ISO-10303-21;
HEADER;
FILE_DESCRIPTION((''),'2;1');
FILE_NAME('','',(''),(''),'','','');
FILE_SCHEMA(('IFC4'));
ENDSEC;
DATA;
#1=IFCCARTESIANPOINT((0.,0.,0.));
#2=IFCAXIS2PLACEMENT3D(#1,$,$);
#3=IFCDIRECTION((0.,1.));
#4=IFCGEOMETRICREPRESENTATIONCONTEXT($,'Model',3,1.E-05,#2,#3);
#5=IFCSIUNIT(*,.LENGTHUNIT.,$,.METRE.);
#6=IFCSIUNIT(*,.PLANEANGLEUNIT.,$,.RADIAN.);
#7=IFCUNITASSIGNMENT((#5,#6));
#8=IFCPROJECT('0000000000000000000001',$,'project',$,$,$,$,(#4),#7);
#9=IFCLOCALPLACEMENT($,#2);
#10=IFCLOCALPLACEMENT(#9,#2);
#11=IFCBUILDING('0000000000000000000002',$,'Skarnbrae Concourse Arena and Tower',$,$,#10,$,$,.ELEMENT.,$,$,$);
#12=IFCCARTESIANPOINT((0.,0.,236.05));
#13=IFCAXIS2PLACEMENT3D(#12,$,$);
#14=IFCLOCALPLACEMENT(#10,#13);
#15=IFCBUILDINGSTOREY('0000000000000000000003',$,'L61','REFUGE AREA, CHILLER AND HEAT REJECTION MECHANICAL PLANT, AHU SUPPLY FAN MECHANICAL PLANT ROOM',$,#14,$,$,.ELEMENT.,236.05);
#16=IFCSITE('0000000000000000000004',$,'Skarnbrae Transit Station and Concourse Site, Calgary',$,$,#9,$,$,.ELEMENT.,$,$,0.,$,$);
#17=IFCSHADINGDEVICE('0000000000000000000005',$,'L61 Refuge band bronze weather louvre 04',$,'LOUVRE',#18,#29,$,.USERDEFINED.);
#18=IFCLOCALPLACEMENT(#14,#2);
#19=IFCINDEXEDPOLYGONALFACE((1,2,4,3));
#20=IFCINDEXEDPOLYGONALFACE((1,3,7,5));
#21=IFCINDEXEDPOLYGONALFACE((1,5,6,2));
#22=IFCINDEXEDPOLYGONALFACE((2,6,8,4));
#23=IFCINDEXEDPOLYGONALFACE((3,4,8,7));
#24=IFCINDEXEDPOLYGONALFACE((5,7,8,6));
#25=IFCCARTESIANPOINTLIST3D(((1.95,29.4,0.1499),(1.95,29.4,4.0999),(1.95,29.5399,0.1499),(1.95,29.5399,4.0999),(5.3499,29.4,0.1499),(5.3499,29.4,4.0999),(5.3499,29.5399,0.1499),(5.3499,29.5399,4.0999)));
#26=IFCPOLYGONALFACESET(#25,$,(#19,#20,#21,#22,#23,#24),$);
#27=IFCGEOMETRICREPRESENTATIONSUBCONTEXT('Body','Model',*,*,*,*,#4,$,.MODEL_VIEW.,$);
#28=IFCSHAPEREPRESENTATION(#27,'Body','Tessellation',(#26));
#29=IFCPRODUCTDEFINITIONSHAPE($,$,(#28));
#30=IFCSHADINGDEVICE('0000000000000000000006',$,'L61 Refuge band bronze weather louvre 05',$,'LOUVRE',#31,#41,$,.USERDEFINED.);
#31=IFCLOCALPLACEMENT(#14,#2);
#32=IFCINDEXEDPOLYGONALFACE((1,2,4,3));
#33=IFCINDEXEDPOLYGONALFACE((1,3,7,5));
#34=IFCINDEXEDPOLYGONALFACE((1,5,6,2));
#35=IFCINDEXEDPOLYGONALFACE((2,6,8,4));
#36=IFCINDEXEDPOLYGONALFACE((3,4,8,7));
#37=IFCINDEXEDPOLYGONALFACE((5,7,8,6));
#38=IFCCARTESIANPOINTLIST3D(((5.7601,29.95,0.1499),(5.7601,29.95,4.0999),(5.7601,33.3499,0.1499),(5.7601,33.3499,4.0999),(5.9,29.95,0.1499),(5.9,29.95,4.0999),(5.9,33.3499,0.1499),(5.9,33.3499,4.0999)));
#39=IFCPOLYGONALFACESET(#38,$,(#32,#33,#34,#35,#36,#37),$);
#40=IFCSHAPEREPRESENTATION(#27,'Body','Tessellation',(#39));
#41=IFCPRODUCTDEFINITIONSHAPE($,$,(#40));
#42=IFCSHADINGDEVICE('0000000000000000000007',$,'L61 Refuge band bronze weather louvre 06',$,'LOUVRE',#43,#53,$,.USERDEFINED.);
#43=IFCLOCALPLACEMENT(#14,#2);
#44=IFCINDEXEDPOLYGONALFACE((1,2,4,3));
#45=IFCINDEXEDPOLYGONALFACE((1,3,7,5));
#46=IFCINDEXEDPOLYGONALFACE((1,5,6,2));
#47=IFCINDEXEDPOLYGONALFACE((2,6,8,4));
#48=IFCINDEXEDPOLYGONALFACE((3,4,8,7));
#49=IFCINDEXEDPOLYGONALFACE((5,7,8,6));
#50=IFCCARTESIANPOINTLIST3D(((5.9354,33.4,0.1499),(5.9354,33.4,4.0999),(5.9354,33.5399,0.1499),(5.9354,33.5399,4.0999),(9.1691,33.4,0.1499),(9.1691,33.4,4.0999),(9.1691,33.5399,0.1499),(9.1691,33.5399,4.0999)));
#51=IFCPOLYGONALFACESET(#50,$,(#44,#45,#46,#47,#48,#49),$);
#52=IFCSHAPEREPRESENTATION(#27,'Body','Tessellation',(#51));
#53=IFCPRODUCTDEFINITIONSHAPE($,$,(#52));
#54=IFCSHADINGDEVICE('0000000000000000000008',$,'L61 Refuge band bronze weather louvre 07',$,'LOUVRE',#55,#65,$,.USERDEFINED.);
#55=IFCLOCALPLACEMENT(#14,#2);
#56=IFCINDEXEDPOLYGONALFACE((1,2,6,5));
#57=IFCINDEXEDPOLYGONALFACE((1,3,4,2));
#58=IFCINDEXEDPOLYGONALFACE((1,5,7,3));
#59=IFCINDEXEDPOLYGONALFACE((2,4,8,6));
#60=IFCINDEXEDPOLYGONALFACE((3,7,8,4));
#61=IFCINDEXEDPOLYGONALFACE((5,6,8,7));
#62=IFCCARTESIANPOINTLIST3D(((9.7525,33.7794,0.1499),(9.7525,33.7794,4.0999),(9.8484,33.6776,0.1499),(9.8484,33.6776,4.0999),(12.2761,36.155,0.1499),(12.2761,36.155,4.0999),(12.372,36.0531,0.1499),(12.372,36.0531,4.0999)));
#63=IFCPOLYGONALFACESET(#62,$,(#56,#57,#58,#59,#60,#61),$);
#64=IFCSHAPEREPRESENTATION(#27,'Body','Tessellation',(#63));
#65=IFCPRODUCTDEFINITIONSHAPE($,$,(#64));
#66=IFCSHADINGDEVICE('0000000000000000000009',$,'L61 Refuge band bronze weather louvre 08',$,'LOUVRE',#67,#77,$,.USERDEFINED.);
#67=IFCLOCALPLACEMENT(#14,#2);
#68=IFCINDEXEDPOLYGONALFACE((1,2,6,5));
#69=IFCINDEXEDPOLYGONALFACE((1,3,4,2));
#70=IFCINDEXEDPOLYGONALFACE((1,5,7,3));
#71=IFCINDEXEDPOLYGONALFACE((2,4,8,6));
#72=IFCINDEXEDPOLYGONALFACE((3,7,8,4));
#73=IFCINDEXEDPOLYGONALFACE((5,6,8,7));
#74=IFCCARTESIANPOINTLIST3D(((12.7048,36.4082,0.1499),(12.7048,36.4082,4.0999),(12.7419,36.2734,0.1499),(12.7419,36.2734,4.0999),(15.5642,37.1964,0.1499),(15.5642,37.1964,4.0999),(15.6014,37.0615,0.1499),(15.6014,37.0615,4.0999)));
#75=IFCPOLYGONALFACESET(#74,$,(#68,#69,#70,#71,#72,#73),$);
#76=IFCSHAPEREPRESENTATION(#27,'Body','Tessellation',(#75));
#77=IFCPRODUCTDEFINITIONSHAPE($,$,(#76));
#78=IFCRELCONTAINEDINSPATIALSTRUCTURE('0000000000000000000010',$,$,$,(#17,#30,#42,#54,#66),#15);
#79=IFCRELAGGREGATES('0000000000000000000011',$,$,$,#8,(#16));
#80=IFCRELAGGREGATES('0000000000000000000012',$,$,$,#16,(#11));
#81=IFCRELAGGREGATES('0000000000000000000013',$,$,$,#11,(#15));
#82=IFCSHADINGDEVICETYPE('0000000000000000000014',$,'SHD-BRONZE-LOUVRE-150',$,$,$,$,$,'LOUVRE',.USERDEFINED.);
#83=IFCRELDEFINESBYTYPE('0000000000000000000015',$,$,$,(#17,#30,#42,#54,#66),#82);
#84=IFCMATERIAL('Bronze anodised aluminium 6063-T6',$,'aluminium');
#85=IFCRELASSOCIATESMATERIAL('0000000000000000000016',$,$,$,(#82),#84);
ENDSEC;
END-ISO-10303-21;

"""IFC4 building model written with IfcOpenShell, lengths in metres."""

from ifc_helpers import new_model, si_unit, direction, frame, origin, origin_2d, place, context, subcontext, project, spatial, rectangle, extrude, source, transform, mapped, material, type_object, element, save


model = new_model("IFC4")

# Units and contexts
model_context = context("Model", 3, precision=1e-05, world=origin(), true_north=direction((0.0, 1.0)))
body_context = subcontext(model_context, "Body", "Model", "MODEL_VIEW")
ifc_project = project(units=[si_unit("LENGTHUNIT", "METRE"), si_unit("PLANEANGLEUNIT", "RADIAN")], contexts=[model_context])

# Site, building, storey
site_placement = place(None, origin())
site = spatial("IfcSite", under=ifc_project, at=site_placement, Name="Skarnbrae Transit Station and Concourse Site, Calgary", CompositionType="ELEMENT", RefElevation=0.0)
building_placement = place(site_placement, origin())
building = spatial("IfcBuilding", under=site, at=building_placement, Name="Skarnbrae Concourse Arena and Tower", CompositionType="ELEMENT")
storey_placement = place(building_placement, frame((0.0, 0.0, 236.05)))
storey = spatial("IfcBuildingStorey", under=building, at=storey_placement, Name="L61", Description="REFUGE AREA, CHILLER AND HEAT REJECTION MECHANICAL PLANT, AHU SUPPLY FAN MECHANICAL PLANT ROOM", CompositionType="ELEMENT", Elevation=236.05)

# Shading devices
ifc_material_1 = material(Name="Bronze anodised aluminium 6063-T6", Category="aluminium")
shading_device_type = type_object("IfcShadingDeviceType", Name="SHD-BRONZE-LOUVRE-150", ElementType="LOUVRE", PredefinedType="USERDEFINED", material=ifc_material_1)
shared_shape_1 = source(origin(), body_context, "Body", "SweptSolid", [
    extrude(rectangle(XDim=3.3999, YDim=0.1399, at=origin_2d()), origin(), (0.0, 0.0, 1.0), 3.95),
])
for number, where, z_axis, x_axis, name in (
    (1, (3.6499, 29.47, 0.1499), (0.0, 0.0, 1.0), (1.0, 0.0, 0.0), "L61 Refuge band bronze weather louvre 04"),
    (2, (5.8301, 31.6499, 0.1499), (0.0, 0.0, 1.0), (0.0, 1.0, 0.0), "L61 Refuge band bronze weather louvre 05"),
):
    element("IfcShadingDevice", number, at=place(storey_placement, frame(where, z_axis=z_axis, x_axis=x_axis)), inside=storey, type_object=shading_device_type, Name=name, ObjectType="LOUVRE", PredefinedType="USERDEFINED", context=body_context, shape_type="MappedRepresentation", body=[
        mapped(shared_shape_1, transform((0.0, 0.0, 0.0))),
    ])
shared_shape_2 = source(origin(), body_context, "Body", "SweptSolid", [
    extrude(rectangle(XDim=3.2336, YDim=0.1399, at=origin_2d()), origin(), (0.0, 0.0, 1.0), 3.95),
])
shading_device_1_placement = place(storey_placement, frame((7.5522, 33.47, 0.1499), z_axis=(0.0, 0.0, 1.0), x_axis=(1.0, 0.0, 0.0)))
element("IfcShadingDevice", 3, at=shading_device_1_placement, inside=storey, type_object=shading_device_type, Name="L61 Refuge band bronze weather louvre 06", ObjectType="LOUVRE", PredefinedType="USERDEFINED", context=body_context, shape_type="MappedRepresentation", body=[
    mapped(shared_shape_2, transform((0.0, 0.0, 0.0))),
])
shared_shape_3 = source(origin(), body_context, "Body", "SweptSolid", [
    extrude(rectangle(XDim=3.4658, YDim=0.1399, at=origin_2d()), origin(), (0.0, 0.0, 1.0), 3.95),
])
shading_device_2_placement = place(storey_placement, frame((11.0623, 34.9163, 0.1499), z_axis=(0.0, 0.0, 1.0), x_axis=(0.728146, 0.685422, 0.0)))
element("IfcShadingDevice", 4, at=shading_device_2_placement, inside=storey, type_object=shading_device_type, Name="L61 Refuge band bronze weather louvre 07", ObjectType="LOUVRE", PredefinedType="USERDEFINED", context=body_context, shape_type="MappedRepresentation", body=[
    mapped(shared_shape_3, transform((0.0, 0.0, 0.0))),
])
shared_shape_4 = source(origin(), body_context, "Body", "SweptSolid", [
    extrude(rectangle(XDim=2.9661, YDim=0.1399, at=origin_2d()), origin(), (0.0, 0.0, 1.0), 3.95),
])
shading_device_3_placement = place(storey_placement, frame((14.1531, 36.7349, 0.1499), z_axis=(0.0, 0.0, 1.0), x_axis=(0.964051, 0.265716, 0.0)))
element("IfcShadingDevice", 5, at=shading_device_3_placement, inside=storey, type_object=shading_device_type, Name="L61 Refuge band bronze weather louvre 08", ObjectType="LOUVRE", PredefinedType="USERDEFINED", context=body_context, shape_type="MappedRepresentation", body=[
    mapped(shared_shape_4, transform((0.0, 0.0, 0.0))),
])

save(model, "model.ifc")
